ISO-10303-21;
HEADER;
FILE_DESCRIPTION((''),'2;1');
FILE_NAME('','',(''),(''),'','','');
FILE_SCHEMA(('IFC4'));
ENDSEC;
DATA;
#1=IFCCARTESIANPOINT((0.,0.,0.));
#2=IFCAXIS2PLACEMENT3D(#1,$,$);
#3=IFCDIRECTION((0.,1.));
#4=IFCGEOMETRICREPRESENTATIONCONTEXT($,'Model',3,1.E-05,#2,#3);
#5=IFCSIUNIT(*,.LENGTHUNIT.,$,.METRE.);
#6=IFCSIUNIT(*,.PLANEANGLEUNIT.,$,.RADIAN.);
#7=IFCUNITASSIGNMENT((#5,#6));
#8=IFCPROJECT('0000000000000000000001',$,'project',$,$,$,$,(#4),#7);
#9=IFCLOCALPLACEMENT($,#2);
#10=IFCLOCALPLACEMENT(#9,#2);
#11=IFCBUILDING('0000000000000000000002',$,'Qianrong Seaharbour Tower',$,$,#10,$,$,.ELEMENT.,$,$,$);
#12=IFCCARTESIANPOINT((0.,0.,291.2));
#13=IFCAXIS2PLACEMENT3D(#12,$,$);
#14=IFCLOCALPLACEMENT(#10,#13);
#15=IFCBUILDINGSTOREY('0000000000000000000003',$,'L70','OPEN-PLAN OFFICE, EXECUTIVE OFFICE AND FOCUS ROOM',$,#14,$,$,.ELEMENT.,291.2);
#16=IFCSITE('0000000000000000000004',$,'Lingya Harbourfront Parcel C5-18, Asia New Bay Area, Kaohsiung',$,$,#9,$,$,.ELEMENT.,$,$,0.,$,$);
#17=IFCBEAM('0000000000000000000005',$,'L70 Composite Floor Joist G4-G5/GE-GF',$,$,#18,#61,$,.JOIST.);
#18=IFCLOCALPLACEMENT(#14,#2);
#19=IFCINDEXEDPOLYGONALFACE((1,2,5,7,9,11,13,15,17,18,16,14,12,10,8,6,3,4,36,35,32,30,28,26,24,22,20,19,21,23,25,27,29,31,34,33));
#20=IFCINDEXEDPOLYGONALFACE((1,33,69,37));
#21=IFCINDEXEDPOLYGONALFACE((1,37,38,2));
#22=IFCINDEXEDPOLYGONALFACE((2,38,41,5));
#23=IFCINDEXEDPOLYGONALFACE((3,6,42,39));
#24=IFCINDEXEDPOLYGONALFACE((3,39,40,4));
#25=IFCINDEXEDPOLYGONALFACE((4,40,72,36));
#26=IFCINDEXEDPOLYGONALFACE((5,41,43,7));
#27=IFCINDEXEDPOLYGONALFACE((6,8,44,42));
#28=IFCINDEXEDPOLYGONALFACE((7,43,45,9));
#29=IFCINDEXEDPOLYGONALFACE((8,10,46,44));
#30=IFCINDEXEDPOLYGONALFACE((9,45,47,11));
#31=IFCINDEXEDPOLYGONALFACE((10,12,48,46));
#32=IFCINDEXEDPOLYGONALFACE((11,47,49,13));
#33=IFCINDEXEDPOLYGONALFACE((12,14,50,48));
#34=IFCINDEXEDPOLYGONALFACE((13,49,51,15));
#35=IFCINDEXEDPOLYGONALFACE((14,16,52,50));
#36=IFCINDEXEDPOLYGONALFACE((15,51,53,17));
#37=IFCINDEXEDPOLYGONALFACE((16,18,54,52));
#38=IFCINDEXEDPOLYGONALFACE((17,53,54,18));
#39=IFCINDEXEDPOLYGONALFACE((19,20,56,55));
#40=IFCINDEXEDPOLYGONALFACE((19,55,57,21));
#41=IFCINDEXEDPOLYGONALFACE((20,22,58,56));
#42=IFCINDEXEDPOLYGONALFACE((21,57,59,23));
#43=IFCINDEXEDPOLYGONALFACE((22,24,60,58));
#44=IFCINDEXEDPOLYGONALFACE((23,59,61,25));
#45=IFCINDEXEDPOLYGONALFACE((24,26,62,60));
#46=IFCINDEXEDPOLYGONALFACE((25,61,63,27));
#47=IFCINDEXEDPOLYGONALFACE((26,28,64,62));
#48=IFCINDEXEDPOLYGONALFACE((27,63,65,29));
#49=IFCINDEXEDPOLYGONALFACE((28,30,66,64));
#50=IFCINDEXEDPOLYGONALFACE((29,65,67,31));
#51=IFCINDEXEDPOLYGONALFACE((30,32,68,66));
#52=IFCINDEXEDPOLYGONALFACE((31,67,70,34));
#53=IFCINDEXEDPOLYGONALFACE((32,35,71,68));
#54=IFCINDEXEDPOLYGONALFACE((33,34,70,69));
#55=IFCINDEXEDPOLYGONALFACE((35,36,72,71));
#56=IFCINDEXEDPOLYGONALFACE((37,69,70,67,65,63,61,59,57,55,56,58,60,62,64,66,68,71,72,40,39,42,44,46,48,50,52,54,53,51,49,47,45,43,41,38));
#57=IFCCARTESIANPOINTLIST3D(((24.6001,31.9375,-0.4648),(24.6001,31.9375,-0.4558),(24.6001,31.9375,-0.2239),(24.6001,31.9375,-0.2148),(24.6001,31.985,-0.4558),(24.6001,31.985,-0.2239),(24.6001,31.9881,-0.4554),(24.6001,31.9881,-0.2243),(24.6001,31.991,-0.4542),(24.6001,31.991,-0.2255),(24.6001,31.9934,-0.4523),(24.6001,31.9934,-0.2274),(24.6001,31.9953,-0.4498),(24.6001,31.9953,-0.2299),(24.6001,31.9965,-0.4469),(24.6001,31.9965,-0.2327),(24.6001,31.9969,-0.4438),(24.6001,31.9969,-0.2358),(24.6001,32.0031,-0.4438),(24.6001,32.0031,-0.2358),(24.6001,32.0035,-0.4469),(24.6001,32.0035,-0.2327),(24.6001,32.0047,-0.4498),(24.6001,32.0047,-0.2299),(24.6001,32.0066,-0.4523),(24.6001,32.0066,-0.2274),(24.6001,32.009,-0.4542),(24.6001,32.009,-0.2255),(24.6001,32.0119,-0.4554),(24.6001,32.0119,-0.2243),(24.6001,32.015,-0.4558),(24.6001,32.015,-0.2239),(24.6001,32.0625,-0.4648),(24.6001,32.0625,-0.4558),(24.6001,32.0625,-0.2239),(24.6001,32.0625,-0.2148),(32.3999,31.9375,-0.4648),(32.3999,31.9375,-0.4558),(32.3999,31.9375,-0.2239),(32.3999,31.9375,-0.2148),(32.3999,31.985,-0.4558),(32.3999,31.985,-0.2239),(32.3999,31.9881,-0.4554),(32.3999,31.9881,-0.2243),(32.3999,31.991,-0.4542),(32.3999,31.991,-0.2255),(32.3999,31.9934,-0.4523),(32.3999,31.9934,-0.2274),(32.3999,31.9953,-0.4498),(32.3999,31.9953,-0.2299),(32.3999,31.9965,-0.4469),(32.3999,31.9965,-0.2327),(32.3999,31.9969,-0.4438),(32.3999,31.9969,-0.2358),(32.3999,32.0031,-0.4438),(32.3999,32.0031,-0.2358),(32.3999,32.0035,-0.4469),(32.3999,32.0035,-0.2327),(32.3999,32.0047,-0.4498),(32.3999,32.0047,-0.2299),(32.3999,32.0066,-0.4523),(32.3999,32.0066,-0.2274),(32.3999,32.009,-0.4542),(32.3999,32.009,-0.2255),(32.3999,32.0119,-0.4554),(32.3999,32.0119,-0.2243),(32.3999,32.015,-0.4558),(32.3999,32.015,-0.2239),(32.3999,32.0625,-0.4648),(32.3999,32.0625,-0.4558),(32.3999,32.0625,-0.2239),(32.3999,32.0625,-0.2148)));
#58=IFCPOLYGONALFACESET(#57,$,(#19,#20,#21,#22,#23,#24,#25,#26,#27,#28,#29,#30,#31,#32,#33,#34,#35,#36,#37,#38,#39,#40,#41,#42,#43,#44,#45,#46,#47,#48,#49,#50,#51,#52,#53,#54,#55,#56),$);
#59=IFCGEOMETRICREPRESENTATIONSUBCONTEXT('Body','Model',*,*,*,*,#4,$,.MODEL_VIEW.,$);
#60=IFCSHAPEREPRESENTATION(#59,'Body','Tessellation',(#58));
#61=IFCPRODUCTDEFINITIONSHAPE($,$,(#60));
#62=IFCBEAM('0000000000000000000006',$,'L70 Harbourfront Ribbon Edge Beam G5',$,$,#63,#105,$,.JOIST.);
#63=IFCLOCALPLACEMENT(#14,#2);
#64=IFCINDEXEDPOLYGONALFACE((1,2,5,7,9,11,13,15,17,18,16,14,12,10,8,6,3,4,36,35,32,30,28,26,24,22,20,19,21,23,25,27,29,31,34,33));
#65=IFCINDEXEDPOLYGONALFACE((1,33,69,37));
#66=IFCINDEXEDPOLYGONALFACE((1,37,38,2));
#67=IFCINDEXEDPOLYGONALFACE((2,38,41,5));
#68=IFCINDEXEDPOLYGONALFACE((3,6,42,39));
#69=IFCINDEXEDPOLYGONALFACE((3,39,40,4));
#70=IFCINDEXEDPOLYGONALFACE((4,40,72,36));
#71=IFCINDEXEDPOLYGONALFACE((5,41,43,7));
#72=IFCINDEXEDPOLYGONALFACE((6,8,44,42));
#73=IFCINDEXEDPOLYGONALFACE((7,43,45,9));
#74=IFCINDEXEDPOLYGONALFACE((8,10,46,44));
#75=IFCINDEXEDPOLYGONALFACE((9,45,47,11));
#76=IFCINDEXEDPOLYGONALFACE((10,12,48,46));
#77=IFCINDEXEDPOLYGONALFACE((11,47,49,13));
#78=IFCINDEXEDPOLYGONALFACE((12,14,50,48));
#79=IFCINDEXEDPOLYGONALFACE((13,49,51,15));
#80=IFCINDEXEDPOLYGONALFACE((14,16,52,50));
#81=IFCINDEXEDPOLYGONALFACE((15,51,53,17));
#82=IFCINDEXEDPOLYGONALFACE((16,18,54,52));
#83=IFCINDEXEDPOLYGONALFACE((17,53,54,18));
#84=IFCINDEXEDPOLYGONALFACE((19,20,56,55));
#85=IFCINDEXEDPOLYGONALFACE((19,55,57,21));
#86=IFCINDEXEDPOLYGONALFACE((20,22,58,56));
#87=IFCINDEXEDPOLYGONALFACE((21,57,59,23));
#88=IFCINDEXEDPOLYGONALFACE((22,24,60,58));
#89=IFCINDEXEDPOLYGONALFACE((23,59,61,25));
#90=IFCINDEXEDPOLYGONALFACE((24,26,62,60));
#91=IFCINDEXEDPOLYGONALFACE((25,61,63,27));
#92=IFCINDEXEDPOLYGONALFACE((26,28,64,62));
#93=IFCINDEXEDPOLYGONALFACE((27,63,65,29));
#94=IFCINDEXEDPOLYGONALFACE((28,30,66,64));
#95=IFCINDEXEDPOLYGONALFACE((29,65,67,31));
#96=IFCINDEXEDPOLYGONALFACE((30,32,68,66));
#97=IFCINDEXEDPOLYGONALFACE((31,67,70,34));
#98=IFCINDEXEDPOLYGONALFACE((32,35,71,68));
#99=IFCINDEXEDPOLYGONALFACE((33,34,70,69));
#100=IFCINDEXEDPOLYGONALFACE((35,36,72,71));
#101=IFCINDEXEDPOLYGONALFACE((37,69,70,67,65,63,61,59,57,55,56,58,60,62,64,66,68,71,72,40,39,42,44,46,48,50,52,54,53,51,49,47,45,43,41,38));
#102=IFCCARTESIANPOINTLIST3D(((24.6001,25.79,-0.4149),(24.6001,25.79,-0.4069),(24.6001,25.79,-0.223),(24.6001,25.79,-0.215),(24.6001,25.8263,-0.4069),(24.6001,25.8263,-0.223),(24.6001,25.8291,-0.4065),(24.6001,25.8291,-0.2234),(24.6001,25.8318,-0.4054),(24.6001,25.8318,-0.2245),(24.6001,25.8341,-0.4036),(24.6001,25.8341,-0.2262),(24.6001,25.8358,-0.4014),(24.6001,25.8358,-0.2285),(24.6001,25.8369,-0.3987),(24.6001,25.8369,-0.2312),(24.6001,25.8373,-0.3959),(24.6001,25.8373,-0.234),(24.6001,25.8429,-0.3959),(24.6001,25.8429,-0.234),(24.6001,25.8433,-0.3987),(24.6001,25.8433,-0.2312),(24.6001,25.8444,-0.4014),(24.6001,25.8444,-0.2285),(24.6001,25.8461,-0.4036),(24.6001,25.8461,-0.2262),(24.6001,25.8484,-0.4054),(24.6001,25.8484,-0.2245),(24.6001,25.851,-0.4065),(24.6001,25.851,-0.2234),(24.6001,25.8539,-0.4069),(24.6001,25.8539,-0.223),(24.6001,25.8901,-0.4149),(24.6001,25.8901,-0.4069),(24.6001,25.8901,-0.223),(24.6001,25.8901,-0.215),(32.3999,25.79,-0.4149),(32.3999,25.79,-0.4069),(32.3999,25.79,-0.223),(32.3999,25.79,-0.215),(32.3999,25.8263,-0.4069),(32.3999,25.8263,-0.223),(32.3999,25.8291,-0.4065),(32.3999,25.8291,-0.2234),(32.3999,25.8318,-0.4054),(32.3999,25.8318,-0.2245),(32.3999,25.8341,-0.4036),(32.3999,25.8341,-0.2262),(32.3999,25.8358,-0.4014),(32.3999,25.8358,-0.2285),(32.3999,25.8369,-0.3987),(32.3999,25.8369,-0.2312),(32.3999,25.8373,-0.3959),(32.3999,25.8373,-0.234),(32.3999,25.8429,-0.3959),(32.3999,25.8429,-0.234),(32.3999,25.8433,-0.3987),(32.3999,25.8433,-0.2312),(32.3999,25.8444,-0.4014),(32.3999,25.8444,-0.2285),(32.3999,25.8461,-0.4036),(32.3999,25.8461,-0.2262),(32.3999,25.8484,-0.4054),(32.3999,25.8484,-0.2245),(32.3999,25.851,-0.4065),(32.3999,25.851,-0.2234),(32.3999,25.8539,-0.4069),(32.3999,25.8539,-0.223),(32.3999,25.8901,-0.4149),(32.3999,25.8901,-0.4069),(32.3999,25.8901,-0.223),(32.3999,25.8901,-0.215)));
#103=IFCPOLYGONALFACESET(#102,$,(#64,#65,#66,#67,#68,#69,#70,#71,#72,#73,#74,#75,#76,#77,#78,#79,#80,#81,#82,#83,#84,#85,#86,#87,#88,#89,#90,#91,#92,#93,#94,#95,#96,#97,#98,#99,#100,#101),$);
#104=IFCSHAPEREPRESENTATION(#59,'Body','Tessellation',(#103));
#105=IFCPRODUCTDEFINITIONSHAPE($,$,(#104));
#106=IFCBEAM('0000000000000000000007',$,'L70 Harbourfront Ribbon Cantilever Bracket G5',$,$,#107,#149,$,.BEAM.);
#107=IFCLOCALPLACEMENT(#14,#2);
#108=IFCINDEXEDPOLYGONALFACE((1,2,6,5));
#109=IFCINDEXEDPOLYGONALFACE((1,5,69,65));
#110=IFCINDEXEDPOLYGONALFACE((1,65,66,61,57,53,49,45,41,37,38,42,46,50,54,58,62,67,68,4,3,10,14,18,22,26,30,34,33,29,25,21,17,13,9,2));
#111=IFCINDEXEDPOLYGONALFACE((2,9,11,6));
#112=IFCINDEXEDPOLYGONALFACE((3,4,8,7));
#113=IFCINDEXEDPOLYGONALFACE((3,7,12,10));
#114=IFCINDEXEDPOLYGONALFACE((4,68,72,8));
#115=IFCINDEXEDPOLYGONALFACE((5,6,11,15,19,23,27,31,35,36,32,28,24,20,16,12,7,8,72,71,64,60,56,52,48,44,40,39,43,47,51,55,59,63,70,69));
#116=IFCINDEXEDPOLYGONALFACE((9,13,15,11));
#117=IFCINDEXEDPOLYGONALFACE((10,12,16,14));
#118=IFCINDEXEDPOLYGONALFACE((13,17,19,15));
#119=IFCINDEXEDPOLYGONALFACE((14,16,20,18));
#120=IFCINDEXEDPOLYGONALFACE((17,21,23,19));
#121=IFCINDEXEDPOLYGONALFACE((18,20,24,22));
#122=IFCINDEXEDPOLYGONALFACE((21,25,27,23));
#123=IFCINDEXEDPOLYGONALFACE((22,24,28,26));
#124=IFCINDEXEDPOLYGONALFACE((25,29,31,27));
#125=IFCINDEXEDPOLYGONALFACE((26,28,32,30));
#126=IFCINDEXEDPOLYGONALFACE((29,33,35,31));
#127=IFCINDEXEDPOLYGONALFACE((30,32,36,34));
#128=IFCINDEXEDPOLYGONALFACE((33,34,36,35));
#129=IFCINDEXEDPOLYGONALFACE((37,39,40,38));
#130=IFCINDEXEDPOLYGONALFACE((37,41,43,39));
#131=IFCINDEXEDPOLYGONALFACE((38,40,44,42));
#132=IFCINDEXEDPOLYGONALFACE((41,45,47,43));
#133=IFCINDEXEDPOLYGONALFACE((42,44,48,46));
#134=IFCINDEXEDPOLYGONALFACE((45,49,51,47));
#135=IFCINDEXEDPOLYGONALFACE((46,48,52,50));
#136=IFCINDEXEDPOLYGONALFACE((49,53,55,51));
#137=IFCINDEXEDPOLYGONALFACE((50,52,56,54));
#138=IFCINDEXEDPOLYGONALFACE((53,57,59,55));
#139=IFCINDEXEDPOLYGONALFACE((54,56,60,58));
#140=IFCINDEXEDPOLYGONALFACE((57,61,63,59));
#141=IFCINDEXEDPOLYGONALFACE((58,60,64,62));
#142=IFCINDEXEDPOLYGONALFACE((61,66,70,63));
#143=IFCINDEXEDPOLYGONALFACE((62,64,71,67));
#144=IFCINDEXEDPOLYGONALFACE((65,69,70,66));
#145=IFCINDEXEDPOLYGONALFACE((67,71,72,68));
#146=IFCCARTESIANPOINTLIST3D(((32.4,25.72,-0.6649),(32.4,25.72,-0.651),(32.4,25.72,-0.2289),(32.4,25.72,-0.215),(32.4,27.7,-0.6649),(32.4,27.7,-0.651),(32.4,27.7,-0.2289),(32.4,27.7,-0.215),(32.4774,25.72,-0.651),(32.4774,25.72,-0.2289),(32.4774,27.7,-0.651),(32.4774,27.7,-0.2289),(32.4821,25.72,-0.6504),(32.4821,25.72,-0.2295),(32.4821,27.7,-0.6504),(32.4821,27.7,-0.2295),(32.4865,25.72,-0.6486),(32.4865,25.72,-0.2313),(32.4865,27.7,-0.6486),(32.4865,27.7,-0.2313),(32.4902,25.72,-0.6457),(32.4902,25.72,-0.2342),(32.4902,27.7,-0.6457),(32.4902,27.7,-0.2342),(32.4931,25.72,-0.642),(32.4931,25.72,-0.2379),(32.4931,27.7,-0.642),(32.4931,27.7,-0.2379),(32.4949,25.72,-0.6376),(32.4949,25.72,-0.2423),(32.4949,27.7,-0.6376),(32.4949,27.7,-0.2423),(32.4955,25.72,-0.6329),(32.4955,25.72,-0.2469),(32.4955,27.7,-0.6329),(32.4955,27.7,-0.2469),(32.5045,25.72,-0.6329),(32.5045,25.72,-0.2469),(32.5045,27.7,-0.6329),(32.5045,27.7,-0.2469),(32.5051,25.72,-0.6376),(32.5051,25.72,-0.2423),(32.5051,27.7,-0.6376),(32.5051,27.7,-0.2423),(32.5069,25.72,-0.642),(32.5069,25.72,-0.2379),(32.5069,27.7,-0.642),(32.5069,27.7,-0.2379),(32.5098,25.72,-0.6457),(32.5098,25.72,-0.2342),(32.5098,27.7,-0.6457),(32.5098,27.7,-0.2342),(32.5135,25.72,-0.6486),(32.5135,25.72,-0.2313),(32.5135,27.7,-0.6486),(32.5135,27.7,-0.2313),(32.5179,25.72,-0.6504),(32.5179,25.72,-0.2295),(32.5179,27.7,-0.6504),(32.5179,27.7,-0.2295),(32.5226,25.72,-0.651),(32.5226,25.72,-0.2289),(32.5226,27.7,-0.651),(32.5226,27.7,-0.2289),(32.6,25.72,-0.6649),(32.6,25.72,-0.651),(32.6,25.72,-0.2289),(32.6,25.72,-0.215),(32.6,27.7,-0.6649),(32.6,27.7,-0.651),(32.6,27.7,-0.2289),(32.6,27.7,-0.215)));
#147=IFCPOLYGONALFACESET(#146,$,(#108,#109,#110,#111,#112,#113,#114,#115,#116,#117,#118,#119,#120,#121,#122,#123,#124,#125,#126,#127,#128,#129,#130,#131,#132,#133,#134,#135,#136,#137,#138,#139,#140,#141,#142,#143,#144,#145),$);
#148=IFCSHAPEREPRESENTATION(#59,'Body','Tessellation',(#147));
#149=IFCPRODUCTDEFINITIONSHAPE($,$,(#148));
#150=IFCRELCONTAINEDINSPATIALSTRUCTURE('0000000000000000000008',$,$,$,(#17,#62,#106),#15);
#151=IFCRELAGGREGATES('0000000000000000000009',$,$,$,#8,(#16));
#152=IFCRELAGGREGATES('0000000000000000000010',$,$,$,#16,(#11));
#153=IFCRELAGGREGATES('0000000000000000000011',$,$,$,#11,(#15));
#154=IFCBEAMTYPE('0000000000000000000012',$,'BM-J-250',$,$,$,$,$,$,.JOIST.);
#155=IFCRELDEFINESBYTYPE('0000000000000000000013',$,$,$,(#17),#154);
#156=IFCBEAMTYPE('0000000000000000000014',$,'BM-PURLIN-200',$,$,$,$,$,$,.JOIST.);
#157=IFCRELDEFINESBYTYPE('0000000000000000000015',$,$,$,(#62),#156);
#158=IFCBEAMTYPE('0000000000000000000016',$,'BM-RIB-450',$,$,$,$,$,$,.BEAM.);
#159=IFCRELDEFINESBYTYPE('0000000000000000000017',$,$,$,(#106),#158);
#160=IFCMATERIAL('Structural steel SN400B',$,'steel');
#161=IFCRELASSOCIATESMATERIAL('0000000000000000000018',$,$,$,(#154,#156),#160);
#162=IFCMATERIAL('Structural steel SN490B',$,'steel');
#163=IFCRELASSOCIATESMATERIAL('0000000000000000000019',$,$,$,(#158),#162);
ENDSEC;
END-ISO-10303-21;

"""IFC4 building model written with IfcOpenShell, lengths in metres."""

from ifc_helpers import new_model, si_unit, direction, frame, origin, origin_2d, place, context, subcontext, project, spatial, i_section, extrude, material, material_profile, profile_set, type_object, element, save


model = new_model("IFC4")

# Units and contexts
model_context = context("Model", 3, precision=1e-05, world=origin(), true_north=direction((0.0, 1.0)))
body_context = subcontext(model_context, "Body", "Model", "MODEL_VIEW")
ifc_project = project(units=[si_unit("LENGTHUNIT", "METRE"), si_unit("PLANEANGLEUNIT", "RADIAN")], contexts=[model_context])

# Site, building, storey
site_placement = place(None, origin())
site = spatial("IfcSite", under=ifc_project, at=site_placement, Name="Lingya Harbourfront Parcel C5-18, Asia New Bay Area, Kaohsiung", CompositionType="ELEMENT", RefElevation=0.0)
building_placement = place(site_placement, origin())
building = spatial("IfcBuilding", under=site, at=building_placement, Name="Qianrong Seaharbour Tower", CompositionType="ELEMENT")
storey_placement = place(building_placement, frame((0.0, 0.0, 291.2)))
storey = spatial("IfcBuildingStorey", under=building, at=storey_placement, Name="L70", Description="OPEN-PLAN OFFICE, EXECUTIVE OFFICE AND FOCUS ROOM", CompositionType="ELEMENT", Elevation=291.2)

# Shared definitions
ifc_material_1 = material(Name="Structural steel SN490B", Category="steel")
ifc_material_2 = material(Name="Structural steel SN400B", Category="steel")

# Beams
ifc_material_profile_1 = material_profile(ifc_material_2, i_section(OverallWidth=0.125, OverallDepth=0.25, WebThickness=0.0061, FlangeThickness=0.009, FilletRadius=0.012, at=origin_2d()), Name="H250x125x6x9")
ifc_profile_set_1 = profile_set([ifc_material_profile_1], Name="Structural steel SN400B")
beam_type_1 = type_object("IfcBeamType", Name="BM-J-250", PredefinedType="JOIST", material=ifc_profile_set_1)
beam_1_placement = place(storey_placement, frame((24.6001, 32.0, -0.3398), z_axis=(1.0, 0.0, 0.0), x_axis=(0.0, 1.0, 0.0)))
element("IfcBeam", 1, at=beam_1_placement, inside=storey, type_object=beam_type_1, Name="L70 Composite Floor Joist G4-G5/GE-GF", PredefinedType="JOIST", context=body_context, shape_type="SweptSolid", body=[
    extrude(i_section(OverallWidth=0.125, OverallDepth=0.25, WebThickness=0.0061, FlangeThickness=0.009, FilletRadius=0.012, at=origin_2d()), origin(), (0.0, 0.0, 1.0), 7.7998),
])
ifc_material_profile_2 = material_profile(ifc_material_2, i_section(OverallWidth=0.1001, OverallDepth=0.2, WebThickness=0.0056, FlangeThickness=0.0081, FilletRadius=0.011, at=origin_2d()), Name="H200x100x5.5x8")
ifc_profile_set_2 = profile_set([ifc_material_profile_2], Name="Structural steel SN400B")
beam_type_2 = type_object("IfcBeamType", Name="BM-PURLIN-200", PredefinedType="JOIST", material=ifc_profile_set_2)
beam_2_placement = place(storey_placement, frame((24.6001, 25.8401, -0.3149), z_axis=(1.0, 0.0, 0.0), x_axis=(0.0, 1.0, 0.0)))
element("IfcBeam", 2, at=beam_2_placement, inside=storey, type_object=beam_type_2, Name="L70 Harbourfront Ribbon Edge Beam G5", PredefinedType="JOIST", context=body_context, shape_type="SweptSolid", body=[
    extrude(i_section(OverallWidth=0.1001, OverallDepth=0.2, WebThickness=0.0056, FlangeThickness=0.0081, FilletRadius=0.011, at=origin_2d()), origin(), (0.0, 0.0, 1.0), 7.7998),
])
ifc_material_profile_3 = material_profile(ifc_material_1, i_section(OverallWidth=0.2, OverallDepth=0.45, WebThickness=0.009, FlangeThickness=0.0139, FilletRadius=0.0181, at=origin_2d()), Name="H450x200x9x14")
ifc_profile_set_3 = profile_set([ifc_material_profile_3], Name="Structural steel SN490B")
beam_type_3 = type_object("IfcBeamType", Name="BM-RIB-450", PredefinedType="BEAM", material=ifc_profile_set_3)
beam_3_placement = place(storey_placement, frame((32.5, 27.7, -0.4399), z_axis=(0.0, -1.0, 0.0), x_axis=(1.0, 0.0, 0.0)))
element("IfcBeam", 3, at=beam_3_placement, inside=storey, type_object=beam_type_3, Name="L70 Harbourfront Ribbon Cantilever Bracket G5", PredefinedType="BEAM", context=body_context, shape_type="SweptSolid", body=[
    extrude(i_section(OverallWidth=0.2, OverallDepth=0.45, WebThickness=0.009, FlangeThickness=0.0139, FilletRadius=0.0181, at=origin_2d()), origin(), (0.0, 0.0, 1.0), 1.98),
])

save(model, "model.ifc")
